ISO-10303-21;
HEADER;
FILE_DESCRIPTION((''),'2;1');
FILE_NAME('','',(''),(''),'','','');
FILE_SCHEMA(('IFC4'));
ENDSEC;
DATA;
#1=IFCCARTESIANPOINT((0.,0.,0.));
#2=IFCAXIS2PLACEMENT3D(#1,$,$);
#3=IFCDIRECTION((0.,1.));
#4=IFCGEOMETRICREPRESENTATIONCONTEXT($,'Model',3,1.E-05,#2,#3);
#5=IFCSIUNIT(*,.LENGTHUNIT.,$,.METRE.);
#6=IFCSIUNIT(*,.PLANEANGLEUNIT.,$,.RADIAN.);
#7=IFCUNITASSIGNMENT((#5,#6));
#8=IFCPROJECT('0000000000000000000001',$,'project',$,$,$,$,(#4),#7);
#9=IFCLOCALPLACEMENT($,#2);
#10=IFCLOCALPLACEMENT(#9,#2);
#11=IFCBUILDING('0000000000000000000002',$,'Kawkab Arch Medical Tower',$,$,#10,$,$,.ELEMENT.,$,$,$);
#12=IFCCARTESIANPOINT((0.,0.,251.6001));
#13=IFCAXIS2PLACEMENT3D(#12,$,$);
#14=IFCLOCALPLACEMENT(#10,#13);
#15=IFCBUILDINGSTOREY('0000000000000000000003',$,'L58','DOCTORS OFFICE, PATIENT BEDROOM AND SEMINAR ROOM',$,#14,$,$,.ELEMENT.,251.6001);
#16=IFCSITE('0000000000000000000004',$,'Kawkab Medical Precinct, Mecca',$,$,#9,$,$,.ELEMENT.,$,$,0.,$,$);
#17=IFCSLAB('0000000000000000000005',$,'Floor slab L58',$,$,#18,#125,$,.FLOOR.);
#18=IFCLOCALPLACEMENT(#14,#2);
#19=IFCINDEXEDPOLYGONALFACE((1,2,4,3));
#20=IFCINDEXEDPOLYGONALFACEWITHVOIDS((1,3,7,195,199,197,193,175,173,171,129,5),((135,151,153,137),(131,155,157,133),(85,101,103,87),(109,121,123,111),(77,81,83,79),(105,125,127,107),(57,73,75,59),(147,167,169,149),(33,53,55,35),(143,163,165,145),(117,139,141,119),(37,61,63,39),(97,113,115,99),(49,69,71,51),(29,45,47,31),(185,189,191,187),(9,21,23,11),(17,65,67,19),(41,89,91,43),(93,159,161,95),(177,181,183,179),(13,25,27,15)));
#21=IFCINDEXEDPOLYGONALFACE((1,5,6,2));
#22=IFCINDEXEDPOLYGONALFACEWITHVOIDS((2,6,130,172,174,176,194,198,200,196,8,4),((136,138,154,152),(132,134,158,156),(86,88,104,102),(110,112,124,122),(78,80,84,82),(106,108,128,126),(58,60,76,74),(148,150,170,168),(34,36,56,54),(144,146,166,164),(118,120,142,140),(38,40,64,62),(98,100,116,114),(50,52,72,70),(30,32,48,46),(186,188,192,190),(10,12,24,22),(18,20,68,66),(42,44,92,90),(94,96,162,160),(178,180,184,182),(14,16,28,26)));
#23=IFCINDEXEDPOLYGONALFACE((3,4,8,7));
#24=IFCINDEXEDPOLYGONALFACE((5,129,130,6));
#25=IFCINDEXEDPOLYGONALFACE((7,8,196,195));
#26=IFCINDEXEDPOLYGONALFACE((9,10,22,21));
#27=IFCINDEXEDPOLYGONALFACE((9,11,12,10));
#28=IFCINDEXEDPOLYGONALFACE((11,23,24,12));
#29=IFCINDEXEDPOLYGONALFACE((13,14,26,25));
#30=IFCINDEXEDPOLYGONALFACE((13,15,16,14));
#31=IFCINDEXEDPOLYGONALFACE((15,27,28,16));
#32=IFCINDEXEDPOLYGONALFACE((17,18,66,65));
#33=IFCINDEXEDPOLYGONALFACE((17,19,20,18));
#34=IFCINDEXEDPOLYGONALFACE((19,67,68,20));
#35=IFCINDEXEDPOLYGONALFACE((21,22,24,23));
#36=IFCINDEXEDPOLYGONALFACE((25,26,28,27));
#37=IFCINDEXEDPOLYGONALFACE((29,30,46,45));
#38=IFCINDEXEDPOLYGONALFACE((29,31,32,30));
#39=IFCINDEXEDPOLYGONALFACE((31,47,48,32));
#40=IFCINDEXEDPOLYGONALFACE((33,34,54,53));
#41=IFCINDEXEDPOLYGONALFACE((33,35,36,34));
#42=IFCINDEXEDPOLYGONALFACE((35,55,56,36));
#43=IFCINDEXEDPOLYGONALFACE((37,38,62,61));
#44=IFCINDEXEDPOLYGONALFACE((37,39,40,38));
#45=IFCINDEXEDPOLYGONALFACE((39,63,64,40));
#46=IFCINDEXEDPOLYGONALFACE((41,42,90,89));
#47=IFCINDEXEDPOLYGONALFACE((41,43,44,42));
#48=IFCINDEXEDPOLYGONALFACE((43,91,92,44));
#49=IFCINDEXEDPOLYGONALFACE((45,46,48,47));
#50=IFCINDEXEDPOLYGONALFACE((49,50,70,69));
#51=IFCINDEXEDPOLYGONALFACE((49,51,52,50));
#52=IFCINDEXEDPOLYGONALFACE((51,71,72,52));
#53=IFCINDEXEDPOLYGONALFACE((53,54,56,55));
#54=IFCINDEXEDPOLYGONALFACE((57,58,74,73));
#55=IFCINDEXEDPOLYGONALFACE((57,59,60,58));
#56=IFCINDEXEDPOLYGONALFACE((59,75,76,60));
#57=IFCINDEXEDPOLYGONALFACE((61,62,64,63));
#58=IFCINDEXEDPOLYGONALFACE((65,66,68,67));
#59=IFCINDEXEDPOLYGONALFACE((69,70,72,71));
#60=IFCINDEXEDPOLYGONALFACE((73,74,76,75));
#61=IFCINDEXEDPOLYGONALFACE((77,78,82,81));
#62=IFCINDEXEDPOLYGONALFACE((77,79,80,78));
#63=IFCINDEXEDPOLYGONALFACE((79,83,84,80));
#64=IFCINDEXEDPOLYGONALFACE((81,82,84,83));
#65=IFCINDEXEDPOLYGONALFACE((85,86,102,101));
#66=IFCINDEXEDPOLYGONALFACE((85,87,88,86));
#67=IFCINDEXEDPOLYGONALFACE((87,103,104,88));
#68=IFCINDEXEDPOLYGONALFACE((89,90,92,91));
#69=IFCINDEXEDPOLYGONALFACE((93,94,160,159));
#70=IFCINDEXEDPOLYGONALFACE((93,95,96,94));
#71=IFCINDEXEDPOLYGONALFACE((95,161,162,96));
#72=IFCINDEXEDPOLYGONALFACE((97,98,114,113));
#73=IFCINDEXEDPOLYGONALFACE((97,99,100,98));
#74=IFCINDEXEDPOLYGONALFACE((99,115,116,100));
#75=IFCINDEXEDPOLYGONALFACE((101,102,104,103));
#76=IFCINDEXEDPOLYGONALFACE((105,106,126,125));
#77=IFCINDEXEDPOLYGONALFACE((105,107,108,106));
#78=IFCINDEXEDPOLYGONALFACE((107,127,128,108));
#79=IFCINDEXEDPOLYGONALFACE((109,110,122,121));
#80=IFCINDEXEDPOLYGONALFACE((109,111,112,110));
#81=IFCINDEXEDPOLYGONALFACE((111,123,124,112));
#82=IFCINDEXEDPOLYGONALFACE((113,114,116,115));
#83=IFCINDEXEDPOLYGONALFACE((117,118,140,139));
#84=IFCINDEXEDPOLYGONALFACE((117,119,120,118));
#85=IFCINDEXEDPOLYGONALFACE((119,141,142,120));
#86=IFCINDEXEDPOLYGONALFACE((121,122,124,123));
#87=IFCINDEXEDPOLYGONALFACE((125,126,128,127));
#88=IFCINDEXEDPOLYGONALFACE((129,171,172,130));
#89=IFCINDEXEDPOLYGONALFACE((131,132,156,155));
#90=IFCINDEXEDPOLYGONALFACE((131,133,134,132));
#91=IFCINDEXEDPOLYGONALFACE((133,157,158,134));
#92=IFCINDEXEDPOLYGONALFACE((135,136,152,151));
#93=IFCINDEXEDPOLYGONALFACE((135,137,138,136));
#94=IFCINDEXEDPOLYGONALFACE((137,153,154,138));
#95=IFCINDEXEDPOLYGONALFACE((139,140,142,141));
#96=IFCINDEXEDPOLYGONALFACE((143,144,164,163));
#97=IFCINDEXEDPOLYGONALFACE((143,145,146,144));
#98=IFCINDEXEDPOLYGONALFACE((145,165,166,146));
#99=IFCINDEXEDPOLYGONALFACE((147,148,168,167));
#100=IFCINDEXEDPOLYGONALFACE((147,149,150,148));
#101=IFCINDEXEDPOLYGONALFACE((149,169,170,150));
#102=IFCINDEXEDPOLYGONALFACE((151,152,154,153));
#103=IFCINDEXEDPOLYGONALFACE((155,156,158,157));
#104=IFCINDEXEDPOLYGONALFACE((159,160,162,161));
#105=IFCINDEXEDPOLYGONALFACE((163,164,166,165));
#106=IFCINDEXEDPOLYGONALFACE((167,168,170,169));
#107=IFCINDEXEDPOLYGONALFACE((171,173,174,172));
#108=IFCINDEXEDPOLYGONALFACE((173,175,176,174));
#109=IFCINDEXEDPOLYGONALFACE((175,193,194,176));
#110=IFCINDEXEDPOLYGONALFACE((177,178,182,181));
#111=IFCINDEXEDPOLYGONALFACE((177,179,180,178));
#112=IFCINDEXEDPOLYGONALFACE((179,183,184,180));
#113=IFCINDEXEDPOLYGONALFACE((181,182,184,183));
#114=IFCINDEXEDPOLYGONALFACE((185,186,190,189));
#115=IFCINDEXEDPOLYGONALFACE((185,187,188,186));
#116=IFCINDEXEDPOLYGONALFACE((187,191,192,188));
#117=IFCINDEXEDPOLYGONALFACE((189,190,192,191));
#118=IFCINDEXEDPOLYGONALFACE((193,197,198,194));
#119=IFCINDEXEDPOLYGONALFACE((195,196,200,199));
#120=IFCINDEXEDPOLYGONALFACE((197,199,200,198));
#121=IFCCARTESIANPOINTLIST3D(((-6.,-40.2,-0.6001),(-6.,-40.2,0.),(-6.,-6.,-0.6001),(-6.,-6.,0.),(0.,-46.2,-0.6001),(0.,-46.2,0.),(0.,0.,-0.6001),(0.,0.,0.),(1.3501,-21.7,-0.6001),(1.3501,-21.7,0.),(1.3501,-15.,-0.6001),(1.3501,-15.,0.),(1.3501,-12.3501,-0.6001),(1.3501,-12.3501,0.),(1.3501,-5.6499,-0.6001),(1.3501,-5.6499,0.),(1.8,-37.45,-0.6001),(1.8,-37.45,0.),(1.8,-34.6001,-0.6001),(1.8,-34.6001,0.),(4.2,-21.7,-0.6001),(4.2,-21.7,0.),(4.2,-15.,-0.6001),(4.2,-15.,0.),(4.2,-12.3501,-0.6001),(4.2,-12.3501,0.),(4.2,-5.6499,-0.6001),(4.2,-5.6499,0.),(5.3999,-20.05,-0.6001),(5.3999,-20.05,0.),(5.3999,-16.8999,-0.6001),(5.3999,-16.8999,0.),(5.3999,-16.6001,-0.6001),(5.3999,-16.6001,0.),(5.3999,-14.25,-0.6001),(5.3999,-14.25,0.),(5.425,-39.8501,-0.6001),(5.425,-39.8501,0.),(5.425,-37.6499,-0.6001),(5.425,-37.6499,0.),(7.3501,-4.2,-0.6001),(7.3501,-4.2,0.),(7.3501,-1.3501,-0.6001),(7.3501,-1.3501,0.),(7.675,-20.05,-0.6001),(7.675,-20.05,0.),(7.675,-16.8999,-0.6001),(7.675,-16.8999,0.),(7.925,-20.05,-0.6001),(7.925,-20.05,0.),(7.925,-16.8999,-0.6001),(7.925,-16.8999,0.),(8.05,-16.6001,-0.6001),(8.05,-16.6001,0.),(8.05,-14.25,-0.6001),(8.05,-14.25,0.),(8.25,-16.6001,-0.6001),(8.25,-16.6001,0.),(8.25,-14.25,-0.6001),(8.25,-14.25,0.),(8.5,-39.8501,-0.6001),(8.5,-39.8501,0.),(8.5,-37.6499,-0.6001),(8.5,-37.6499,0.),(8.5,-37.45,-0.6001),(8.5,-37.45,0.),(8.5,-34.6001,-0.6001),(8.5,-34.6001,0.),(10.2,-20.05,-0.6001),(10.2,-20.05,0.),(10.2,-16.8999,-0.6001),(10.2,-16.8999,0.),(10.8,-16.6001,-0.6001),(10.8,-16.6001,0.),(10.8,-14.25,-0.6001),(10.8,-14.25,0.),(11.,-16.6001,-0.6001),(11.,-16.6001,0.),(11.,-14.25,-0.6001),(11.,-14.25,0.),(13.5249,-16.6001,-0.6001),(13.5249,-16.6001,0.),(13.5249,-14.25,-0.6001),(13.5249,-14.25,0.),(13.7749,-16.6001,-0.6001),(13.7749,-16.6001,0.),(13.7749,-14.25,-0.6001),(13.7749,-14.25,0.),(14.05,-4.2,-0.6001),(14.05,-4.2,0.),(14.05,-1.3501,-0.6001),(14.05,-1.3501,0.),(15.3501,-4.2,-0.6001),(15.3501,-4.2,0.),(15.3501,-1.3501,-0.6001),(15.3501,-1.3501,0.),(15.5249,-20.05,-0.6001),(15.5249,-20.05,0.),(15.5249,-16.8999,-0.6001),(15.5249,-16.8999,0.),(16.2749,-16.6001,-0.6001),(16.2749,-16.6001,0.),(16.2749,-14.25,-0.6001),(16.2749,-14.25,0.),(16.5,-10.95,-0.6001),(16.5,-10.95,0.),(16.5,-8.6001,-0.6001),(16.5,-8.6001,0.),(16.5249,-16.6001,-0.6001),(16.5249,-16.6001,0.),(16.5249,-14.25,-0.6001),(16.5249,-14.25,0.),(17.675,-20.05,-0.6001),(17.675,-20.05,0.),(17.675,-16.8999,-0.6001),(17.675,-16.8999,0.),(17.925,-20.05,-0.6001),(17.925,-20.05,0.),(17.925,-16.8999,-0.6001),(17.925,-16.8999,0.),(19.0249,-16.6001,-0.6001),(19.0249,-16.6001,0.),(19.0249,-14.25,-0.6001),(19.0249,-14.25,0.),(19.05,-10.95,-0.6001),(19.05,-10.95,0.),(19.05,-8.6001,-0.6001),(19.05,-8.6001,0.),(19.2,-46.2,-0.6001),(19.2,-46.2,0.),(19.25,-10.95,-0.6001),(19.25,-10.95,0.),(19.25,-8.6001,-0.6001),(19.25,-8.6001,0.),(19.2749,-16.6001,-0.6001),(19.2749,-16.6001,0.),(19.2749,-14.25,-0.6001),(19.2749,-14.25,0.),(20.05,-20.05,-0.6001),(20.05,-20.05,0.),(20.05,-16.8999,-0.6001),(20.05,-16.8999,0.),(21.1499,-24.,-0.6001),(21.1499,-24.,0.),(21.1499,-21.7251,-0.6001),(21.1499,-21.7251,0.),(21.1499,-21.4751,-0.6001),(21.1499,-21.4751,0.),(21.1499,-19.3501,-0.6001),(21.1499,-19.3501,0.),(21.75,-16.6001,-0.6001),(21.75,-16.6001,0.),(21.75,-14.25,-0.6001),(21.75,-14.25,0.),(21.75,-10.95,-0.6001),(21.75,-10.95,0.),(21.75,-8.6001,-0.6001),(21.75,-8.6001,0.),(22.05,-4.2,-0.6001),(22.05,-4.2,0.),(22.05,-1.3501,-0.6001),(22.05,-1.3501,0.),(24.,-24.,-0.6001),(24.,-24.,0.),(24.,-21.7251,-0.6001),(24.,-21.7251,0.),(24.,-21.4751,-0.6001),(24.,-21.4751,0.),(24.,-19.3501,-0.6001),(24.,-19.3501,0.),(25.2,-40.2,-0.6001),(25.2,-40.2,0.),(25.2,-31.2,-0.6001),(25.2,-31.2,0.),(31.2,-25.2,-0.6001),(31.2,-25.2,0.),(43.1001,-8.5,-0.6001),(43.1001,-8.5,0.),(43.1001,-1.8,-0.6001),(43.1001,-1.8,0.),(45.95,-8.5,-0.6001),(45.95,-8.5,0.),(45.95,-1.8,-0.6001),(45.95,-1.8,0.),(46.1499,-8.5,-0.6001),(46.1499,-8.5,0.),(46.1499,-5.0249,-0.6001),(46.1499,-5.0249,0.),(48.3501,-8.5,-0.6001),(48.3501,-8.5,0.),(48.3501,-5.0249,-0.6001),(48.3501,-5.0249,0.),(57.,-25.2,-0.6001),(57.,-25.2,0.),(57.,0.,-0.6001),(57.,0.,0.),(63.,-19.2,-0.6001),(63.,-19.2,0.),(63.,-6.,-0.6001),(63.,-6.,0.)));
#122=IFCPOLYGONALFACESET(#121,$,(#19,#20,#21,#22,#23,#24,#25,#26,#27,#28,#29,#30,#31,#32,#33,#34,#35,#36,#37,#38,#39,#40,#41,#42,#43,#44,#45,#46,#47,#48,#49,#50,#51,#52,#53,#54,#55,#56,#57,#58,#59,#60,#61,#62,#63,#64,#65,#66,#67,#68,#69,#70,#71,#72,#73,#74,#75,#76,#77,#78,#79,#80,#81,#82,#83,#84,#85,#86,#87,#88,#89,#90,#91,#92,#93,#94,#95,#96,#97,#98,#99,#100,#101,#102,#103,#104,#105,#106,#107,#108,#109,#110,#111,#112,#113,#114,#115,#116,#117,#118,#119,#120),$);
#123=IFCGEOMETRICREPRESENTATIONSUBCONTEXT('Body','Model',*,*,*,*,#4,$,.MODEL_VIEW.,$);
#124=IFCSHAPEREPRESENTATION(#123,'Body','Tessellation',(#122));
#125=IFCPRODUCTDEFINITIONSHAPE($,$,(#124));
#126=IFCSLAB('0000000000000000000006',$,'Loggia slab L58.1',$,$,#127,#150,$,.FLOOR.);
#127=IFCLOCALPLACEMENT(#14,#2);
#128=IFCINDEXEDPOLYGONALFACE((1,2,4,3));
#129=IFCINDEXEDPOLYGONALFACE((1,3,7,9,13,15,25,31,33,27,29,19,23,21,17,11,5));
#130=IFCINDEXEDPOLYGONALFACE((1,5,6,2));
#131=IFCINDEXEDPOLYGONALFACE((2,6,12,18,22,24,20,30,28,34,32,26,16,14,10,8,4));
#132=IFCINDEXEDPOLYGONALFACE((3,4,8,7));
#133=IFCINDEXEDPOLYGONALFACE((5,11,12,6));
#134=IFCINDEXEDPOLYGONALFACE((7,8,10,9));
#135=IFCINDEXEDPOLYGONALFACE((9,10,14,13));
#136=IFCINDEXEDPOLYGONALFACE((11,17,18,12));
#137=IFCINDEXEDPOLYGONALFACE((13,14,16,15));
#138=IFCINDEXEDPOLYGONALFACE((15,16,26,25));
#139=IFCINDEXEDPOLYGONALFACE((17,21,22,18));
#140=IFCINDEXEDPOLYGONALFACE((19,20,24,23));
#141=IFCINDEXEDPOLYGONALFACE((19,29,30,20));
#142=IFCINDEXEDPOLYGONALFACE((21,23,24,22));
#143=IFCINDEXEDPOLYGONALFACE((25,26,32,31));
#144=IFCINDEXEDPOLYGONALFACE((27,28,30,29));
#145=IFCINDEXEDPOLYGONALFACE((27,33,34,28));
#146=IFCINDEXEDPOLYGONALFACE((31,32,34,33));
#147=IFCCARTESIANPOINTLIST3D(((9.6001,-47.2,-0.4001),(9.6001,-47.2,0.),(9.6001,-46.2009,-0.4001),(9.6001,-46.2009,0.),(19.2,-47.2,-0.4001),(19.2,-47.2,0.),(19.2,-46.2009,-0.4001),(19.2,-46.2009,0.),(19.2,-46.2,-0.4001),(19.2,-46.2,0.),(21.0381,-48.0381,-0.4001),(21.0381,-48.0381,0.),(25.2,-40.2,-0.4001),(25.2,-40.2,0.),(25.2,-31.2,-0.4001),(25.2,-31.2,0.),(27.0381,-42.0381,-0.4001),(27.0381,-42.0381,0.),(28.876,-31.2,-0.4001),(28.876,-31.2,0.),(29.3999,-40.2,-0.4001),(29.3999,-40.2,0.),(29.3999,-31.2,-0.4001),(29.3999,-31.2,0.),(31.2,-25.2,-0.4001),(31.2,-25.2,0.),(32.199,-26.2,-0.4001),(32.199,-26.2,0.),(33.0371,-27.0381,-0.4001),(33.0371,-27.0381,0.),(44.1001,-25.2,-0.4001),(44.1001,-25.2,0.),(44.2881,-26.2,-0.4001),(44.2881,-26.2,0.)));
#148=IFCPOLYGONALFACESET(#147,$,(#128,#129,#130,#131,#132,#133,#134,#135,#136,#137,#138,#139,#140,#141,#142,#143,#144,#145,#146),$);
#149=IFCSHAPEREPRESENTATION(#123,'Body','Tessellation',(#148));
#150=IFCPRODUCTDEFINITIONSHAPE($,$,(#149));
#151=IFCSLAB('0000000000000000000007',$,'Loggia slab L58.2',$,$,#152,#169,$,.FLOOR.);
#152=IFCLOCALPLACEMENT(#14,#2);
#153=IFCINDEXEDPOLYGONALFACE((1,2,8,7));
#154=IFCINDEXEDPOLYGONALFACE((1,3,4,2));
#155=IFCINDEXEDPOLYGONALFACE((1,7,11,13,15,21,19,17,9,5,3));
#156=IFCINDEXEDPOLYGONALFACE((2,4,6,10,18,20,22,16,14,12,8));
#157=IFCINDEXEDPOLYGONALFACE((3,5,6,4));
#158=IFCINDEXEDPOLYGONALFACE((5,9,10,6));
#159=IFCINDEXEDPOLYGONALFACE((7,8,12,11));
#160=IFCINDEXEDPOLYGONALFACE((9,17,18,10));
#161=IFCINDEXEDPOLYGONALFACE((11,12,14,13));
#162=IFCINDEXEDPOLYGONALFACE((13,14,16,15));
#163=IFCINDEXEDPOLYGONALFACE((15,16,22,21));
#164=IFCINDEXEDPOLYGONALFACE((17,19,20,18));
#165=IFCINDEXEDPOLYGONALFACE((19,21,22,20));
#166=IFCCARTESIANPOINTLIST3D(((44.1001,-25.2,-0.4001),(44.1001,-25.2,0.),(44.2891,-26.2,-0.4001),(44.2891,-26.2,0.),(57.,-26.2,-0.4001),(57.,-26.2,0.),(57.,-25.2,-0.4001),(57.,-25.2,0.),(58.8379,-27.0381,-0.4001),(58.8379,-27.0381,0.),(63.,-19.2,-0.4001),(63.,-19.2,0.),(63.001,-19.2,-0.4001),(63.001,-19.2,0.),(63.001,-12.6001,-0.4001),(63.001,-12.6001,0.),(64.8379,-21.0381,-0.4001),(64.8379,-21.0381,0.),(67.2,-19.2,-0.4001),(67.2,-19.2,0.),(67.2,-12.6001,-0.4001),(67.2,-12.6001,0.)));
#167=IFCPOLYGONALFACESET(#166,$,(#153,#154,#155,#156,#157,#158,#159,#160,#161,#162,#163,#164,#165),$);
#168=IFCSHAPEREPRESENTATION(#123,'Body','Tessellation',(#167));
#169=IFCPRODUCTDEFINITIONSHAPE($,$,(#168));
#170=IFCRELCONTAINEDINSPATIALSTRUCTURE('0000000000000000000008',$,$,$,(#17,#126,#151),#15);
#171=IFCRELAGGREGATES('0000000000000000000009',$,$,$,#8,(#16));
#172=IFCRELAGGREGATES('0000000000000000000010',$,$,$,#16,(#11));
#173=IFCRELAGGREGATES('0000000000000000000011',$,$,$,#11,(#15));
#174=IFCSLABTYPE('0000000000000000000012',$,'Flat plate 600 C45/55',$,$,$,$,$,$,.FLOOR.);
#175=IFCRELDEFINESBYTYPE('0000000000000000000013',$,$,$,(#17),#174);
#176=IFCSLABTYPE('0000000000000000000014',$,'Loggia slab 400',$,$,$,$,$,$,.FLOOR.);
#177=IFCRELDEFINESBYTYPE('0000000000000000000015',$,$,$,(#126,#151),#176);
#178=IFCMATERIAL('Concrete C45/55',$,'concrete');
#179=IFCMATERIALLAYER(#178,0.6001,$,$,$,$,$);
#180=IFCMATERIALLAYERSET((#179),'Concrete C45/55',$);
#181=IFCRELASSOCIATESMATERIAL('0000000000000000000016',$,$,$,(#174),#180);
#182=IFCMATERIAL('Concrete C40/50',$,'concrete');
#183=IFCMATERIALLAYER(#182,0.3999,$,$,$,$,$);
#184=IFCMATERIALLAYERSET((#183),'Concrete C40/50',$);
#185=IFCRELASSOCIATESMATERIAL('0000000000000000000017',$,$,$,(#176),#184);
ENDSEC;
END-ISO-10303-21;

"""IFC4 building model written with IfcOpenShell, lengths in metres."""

from ifc_helpers import new_model, si_unit, direction, frame, origin, place, context, subcontext, project, spatial, polyline, outline, extrude, material, layer, layer_set, type_object, element, save


model = new_model("IFC4")

# Units and contexts
model_context = context("Model", 3, precision=1e-05, world=origin(), true_north=direction((0.0, 1.0)))
body_context = subcontext(model_context, "Body", "Model", "MODEL_VIEW")
ifc_project = project(units=[si_unit("LENGTHUNIT", "METRE"), si_unit("PLANEANGLEUNIT", "RADIAN")], contexts=[model_context])

# Site, building, storey
site_placement = place(None, origin())
site = spatial("IfcSite", under=ifc_project, at=site_placement, Name="Kawkab Medical Precinct, Mecca", CompositionType="ELEMENT", RefElevation=0.0)
building_placement = place(site_placement, origin())
building = spatial("IfcBuilding", under=site, at=building_placement, Name="Kawkab Arch Medical Tower", CompositionType="ELEMENT")
storey_placement = place(building_placement, frame((0.0, 0.0, 251.6001)))
storey = spatial("IfcBuildingStorey", under=building, at=storey_placement, Name="L58", Description="DOCTORS OFFICE, PATIENT BEDROOM AND SEMINAR ROOM", CompositionType="ELEMENT", Elevation=251.6001)

# Slabs
ifc_material_1 = material(Name="Concrete C45/55", Category="concrete")
ifc_layer_1 = layer(ifc_material_1, 0.6001)
ifc_layer_set_1 = layer_set([ifc_layer_1], Name="Concrete C45/55")
slab_type_1 = type_object("IfcSlabType", Name="Flat plate 600 C45/55", PredefinedType="FLOOR", material=ifc_layer_set_1)
slab_1_placement = place(storey_placement, frame((0.0, 0.0, -0.6001)))
element("IfcSlab", 1, at=slab_1_placement, inside=storey, type_object=slab_type_1, Name="Floor slab L58", PredefinedType="FLOOR", context=body_context, shape_type="SweptSolid", body=[
    extrude(outline(polyline([(0.0, 0.0), (57.0, 0.0), (63.0, -6.0), (63.0, -19.2), (57.0, -25.2), (31.2, -25.2), (25.2, -31.2), (25.2, -40.2), (19.2, -46.2), (0.0, -46.2), (-6.0, -40.2), (-6.0, -6.0), (0.0, 0.0)]), holes=[polyline([(5.425, -37.6499), (5.425, -39.8501), (8.5, -39.8501), (8.5, -37.6499), (5.425, -37.6499)]), polyline([(8.5, -37.45), (8.5, -34.6001), (1.8, -34.6001), (1.8, -37.45), (8.5, -37.45)]), polyline([(5.3999, -20.05), (7.675, -20.05), (7.675, -16.8999), (5.3999, -16.8999), (5.3999, -20.05)]), polyline([(10.2, -20.05), (10.2, -16.8999), (7.925, -16.8999), (7.925, -20.05), (10.2, -20.05)]), polyline([(4.2, -21.7), (4.2, -15.0), (1.3501, -15.0), (1.3501, -21.7), (4.2, -21.7)]), polyline([(5.3999, -16.6001), (8.05, -16.6001), (8.05, -14.25), (5.3999, -14.25), (5.3999, -16.6001)]), polyline([(10.8, -14.25), (8.25, -14.25), (8.25, -16.6001), (10.8, -16.6001), (10.8, -14.25)]), polyline([(13.5249, -16.6001), (13.5249, -14.25), (11.0, -14.25), (11.0, -16.6001), (13.5249, -16.6001)]), polyline([(16.2749, -14.25), (13.7749, -14.25), (13.7749, -16.6001), (16.2749, -16.6001), (16.2749, -14.25)]), polyline([(4.2, -12.3501), (4.2, -5.6499), (1.3501, -5.6499), (1.3501, -12.3501), (4.2, -12.3501)]), polyline([(7.3501, -4.2), (14.05, -4.2), (14.05, -1.3501), (7.3501, -1.3501), (7.3501, -4.2)]), polyline([(24.0, -21.7251), (21.1499, -21.7251), (21.1499, -24.0), (24.0, -24.0), (24.0, -21.7251)]), polyline([(24.0, -19.3501), (21.1499, -19.3501), (21.1499, -21.4751), (24.0, -21.4751), (24.0, -19.3501)]), polyline([(15.5249, -20.05), (17.675, -20.05), (17.675, -16.8999), (15.5249, -16.8999), (15.5249, -20.05)]), polyline([(17.925, -16.8999), (17.925, -20.05), (20.05, -20.05), (20.05, -16.8999), (17.925, -16.8999)]), polyline([(16.5249, -14.25), (16.5249, -16.6001), (19.0249, -16.6001), (19.0249, -14.25), (16.5249, -14.25)]), polyline([(19.2749, -14.25), (19.2749, -16.6001), (21.75, -16.6001), (21.75, -14.25), (19.2749, -14.25)]), polyline([(16.5, -10.95), (19.05, -10.95), (19.05, -8.6001), (16.5, -8.6001), (16.5, -10.95)]), polyline([(19.25, -8.6001), (19.25, -10.95), (21.75, -10.95), (21.75, -8.6001), (19.25, -8.6001)]), polyline([(46.1499, -8.5), (48.3501, -8.5), (48.3501, -5.0249), (46.1499, -5.0249), (46.1499, -8.5)]), polyline([(43.1001, -1.8), (43.1001, -8.5), (45.95, -8.5), (45.95, -1.8), (43.1001, -1.8)]), polyline([(22.05, -1.3501), (15.3501, -1.3501), (15.3501, -4.2), (22.05, -4.2), (22.05, -1.3501)])]), origin(), (0.0, 0.0, 1.0), 0.6001),
])
ifc_material_2 = material(Name="Concrete C40/50", Category="concrete")
ifc_layer_2 = layer(ifc_material_2, 0.3999)
ifc_layer_set_2 = layer_set([ifc_layer_2], Name="Concrete C40/50")
slab_type_2 = type_object("IfcSlabType", Name="Loggia slab 400", PredefinedType="FLOOR", material=ifc_layer_set_2)
placement_1 = place(storey_placement, frame((0.0, 0.0, -0.4001)))
element("IfcSlab", 2, at=placement_1, inside=storey, type_object=slab_type_2, Name="Loggia slab L58.1", PredefinedType="FLOOR", context=body_context, shape_type="SweptSolid", body=[
    extrude(outline(polyline([(9.6001, -46.2009), (19.2, -46.2009), (19.2, -46.2), (25.2, -40.2), (25.2, -31.2), (31.2, -25.2), (44.1001, -25.2), (44.2881, -26.2), (32.199, -26.2), (33.0371, -27.0381), (28.876, -31.2), (29.3999, -31.2), (29.3999, -40.2), (27.0381, -42.0381), (21.0381, -48.0381), (19.2, -47.2), (9.6001, -47.2), (9.6001, -46.2009)])), origin(), (0.0, 0.0, 1.0), 0.4001),
])
element("IfcSlab", 3, at=placement_1, inside=storey, type_object=slab_type_2, Name="Loggia slab L58.2", PredefinedType="FLOOR", context=body_context, shape_type="SweptSolid", body=[
    extrude(outline(polyline([(64.8379, -21.0381), (58.8379, -27.0381), (57.0, -26.2), (44.2891, -26.2), (44.1001, -25.2), (57.0, -25.2), (63.0, -19.2), (63.001, -19.2), (63.001, -12.6001), (67.2, -12.6001), (67.2, -19.2), (64.8379, -21.0381)])), origin(), (0.0, 0.0, 1.0), 0.4001),
])

save(model, "model.ifc")
